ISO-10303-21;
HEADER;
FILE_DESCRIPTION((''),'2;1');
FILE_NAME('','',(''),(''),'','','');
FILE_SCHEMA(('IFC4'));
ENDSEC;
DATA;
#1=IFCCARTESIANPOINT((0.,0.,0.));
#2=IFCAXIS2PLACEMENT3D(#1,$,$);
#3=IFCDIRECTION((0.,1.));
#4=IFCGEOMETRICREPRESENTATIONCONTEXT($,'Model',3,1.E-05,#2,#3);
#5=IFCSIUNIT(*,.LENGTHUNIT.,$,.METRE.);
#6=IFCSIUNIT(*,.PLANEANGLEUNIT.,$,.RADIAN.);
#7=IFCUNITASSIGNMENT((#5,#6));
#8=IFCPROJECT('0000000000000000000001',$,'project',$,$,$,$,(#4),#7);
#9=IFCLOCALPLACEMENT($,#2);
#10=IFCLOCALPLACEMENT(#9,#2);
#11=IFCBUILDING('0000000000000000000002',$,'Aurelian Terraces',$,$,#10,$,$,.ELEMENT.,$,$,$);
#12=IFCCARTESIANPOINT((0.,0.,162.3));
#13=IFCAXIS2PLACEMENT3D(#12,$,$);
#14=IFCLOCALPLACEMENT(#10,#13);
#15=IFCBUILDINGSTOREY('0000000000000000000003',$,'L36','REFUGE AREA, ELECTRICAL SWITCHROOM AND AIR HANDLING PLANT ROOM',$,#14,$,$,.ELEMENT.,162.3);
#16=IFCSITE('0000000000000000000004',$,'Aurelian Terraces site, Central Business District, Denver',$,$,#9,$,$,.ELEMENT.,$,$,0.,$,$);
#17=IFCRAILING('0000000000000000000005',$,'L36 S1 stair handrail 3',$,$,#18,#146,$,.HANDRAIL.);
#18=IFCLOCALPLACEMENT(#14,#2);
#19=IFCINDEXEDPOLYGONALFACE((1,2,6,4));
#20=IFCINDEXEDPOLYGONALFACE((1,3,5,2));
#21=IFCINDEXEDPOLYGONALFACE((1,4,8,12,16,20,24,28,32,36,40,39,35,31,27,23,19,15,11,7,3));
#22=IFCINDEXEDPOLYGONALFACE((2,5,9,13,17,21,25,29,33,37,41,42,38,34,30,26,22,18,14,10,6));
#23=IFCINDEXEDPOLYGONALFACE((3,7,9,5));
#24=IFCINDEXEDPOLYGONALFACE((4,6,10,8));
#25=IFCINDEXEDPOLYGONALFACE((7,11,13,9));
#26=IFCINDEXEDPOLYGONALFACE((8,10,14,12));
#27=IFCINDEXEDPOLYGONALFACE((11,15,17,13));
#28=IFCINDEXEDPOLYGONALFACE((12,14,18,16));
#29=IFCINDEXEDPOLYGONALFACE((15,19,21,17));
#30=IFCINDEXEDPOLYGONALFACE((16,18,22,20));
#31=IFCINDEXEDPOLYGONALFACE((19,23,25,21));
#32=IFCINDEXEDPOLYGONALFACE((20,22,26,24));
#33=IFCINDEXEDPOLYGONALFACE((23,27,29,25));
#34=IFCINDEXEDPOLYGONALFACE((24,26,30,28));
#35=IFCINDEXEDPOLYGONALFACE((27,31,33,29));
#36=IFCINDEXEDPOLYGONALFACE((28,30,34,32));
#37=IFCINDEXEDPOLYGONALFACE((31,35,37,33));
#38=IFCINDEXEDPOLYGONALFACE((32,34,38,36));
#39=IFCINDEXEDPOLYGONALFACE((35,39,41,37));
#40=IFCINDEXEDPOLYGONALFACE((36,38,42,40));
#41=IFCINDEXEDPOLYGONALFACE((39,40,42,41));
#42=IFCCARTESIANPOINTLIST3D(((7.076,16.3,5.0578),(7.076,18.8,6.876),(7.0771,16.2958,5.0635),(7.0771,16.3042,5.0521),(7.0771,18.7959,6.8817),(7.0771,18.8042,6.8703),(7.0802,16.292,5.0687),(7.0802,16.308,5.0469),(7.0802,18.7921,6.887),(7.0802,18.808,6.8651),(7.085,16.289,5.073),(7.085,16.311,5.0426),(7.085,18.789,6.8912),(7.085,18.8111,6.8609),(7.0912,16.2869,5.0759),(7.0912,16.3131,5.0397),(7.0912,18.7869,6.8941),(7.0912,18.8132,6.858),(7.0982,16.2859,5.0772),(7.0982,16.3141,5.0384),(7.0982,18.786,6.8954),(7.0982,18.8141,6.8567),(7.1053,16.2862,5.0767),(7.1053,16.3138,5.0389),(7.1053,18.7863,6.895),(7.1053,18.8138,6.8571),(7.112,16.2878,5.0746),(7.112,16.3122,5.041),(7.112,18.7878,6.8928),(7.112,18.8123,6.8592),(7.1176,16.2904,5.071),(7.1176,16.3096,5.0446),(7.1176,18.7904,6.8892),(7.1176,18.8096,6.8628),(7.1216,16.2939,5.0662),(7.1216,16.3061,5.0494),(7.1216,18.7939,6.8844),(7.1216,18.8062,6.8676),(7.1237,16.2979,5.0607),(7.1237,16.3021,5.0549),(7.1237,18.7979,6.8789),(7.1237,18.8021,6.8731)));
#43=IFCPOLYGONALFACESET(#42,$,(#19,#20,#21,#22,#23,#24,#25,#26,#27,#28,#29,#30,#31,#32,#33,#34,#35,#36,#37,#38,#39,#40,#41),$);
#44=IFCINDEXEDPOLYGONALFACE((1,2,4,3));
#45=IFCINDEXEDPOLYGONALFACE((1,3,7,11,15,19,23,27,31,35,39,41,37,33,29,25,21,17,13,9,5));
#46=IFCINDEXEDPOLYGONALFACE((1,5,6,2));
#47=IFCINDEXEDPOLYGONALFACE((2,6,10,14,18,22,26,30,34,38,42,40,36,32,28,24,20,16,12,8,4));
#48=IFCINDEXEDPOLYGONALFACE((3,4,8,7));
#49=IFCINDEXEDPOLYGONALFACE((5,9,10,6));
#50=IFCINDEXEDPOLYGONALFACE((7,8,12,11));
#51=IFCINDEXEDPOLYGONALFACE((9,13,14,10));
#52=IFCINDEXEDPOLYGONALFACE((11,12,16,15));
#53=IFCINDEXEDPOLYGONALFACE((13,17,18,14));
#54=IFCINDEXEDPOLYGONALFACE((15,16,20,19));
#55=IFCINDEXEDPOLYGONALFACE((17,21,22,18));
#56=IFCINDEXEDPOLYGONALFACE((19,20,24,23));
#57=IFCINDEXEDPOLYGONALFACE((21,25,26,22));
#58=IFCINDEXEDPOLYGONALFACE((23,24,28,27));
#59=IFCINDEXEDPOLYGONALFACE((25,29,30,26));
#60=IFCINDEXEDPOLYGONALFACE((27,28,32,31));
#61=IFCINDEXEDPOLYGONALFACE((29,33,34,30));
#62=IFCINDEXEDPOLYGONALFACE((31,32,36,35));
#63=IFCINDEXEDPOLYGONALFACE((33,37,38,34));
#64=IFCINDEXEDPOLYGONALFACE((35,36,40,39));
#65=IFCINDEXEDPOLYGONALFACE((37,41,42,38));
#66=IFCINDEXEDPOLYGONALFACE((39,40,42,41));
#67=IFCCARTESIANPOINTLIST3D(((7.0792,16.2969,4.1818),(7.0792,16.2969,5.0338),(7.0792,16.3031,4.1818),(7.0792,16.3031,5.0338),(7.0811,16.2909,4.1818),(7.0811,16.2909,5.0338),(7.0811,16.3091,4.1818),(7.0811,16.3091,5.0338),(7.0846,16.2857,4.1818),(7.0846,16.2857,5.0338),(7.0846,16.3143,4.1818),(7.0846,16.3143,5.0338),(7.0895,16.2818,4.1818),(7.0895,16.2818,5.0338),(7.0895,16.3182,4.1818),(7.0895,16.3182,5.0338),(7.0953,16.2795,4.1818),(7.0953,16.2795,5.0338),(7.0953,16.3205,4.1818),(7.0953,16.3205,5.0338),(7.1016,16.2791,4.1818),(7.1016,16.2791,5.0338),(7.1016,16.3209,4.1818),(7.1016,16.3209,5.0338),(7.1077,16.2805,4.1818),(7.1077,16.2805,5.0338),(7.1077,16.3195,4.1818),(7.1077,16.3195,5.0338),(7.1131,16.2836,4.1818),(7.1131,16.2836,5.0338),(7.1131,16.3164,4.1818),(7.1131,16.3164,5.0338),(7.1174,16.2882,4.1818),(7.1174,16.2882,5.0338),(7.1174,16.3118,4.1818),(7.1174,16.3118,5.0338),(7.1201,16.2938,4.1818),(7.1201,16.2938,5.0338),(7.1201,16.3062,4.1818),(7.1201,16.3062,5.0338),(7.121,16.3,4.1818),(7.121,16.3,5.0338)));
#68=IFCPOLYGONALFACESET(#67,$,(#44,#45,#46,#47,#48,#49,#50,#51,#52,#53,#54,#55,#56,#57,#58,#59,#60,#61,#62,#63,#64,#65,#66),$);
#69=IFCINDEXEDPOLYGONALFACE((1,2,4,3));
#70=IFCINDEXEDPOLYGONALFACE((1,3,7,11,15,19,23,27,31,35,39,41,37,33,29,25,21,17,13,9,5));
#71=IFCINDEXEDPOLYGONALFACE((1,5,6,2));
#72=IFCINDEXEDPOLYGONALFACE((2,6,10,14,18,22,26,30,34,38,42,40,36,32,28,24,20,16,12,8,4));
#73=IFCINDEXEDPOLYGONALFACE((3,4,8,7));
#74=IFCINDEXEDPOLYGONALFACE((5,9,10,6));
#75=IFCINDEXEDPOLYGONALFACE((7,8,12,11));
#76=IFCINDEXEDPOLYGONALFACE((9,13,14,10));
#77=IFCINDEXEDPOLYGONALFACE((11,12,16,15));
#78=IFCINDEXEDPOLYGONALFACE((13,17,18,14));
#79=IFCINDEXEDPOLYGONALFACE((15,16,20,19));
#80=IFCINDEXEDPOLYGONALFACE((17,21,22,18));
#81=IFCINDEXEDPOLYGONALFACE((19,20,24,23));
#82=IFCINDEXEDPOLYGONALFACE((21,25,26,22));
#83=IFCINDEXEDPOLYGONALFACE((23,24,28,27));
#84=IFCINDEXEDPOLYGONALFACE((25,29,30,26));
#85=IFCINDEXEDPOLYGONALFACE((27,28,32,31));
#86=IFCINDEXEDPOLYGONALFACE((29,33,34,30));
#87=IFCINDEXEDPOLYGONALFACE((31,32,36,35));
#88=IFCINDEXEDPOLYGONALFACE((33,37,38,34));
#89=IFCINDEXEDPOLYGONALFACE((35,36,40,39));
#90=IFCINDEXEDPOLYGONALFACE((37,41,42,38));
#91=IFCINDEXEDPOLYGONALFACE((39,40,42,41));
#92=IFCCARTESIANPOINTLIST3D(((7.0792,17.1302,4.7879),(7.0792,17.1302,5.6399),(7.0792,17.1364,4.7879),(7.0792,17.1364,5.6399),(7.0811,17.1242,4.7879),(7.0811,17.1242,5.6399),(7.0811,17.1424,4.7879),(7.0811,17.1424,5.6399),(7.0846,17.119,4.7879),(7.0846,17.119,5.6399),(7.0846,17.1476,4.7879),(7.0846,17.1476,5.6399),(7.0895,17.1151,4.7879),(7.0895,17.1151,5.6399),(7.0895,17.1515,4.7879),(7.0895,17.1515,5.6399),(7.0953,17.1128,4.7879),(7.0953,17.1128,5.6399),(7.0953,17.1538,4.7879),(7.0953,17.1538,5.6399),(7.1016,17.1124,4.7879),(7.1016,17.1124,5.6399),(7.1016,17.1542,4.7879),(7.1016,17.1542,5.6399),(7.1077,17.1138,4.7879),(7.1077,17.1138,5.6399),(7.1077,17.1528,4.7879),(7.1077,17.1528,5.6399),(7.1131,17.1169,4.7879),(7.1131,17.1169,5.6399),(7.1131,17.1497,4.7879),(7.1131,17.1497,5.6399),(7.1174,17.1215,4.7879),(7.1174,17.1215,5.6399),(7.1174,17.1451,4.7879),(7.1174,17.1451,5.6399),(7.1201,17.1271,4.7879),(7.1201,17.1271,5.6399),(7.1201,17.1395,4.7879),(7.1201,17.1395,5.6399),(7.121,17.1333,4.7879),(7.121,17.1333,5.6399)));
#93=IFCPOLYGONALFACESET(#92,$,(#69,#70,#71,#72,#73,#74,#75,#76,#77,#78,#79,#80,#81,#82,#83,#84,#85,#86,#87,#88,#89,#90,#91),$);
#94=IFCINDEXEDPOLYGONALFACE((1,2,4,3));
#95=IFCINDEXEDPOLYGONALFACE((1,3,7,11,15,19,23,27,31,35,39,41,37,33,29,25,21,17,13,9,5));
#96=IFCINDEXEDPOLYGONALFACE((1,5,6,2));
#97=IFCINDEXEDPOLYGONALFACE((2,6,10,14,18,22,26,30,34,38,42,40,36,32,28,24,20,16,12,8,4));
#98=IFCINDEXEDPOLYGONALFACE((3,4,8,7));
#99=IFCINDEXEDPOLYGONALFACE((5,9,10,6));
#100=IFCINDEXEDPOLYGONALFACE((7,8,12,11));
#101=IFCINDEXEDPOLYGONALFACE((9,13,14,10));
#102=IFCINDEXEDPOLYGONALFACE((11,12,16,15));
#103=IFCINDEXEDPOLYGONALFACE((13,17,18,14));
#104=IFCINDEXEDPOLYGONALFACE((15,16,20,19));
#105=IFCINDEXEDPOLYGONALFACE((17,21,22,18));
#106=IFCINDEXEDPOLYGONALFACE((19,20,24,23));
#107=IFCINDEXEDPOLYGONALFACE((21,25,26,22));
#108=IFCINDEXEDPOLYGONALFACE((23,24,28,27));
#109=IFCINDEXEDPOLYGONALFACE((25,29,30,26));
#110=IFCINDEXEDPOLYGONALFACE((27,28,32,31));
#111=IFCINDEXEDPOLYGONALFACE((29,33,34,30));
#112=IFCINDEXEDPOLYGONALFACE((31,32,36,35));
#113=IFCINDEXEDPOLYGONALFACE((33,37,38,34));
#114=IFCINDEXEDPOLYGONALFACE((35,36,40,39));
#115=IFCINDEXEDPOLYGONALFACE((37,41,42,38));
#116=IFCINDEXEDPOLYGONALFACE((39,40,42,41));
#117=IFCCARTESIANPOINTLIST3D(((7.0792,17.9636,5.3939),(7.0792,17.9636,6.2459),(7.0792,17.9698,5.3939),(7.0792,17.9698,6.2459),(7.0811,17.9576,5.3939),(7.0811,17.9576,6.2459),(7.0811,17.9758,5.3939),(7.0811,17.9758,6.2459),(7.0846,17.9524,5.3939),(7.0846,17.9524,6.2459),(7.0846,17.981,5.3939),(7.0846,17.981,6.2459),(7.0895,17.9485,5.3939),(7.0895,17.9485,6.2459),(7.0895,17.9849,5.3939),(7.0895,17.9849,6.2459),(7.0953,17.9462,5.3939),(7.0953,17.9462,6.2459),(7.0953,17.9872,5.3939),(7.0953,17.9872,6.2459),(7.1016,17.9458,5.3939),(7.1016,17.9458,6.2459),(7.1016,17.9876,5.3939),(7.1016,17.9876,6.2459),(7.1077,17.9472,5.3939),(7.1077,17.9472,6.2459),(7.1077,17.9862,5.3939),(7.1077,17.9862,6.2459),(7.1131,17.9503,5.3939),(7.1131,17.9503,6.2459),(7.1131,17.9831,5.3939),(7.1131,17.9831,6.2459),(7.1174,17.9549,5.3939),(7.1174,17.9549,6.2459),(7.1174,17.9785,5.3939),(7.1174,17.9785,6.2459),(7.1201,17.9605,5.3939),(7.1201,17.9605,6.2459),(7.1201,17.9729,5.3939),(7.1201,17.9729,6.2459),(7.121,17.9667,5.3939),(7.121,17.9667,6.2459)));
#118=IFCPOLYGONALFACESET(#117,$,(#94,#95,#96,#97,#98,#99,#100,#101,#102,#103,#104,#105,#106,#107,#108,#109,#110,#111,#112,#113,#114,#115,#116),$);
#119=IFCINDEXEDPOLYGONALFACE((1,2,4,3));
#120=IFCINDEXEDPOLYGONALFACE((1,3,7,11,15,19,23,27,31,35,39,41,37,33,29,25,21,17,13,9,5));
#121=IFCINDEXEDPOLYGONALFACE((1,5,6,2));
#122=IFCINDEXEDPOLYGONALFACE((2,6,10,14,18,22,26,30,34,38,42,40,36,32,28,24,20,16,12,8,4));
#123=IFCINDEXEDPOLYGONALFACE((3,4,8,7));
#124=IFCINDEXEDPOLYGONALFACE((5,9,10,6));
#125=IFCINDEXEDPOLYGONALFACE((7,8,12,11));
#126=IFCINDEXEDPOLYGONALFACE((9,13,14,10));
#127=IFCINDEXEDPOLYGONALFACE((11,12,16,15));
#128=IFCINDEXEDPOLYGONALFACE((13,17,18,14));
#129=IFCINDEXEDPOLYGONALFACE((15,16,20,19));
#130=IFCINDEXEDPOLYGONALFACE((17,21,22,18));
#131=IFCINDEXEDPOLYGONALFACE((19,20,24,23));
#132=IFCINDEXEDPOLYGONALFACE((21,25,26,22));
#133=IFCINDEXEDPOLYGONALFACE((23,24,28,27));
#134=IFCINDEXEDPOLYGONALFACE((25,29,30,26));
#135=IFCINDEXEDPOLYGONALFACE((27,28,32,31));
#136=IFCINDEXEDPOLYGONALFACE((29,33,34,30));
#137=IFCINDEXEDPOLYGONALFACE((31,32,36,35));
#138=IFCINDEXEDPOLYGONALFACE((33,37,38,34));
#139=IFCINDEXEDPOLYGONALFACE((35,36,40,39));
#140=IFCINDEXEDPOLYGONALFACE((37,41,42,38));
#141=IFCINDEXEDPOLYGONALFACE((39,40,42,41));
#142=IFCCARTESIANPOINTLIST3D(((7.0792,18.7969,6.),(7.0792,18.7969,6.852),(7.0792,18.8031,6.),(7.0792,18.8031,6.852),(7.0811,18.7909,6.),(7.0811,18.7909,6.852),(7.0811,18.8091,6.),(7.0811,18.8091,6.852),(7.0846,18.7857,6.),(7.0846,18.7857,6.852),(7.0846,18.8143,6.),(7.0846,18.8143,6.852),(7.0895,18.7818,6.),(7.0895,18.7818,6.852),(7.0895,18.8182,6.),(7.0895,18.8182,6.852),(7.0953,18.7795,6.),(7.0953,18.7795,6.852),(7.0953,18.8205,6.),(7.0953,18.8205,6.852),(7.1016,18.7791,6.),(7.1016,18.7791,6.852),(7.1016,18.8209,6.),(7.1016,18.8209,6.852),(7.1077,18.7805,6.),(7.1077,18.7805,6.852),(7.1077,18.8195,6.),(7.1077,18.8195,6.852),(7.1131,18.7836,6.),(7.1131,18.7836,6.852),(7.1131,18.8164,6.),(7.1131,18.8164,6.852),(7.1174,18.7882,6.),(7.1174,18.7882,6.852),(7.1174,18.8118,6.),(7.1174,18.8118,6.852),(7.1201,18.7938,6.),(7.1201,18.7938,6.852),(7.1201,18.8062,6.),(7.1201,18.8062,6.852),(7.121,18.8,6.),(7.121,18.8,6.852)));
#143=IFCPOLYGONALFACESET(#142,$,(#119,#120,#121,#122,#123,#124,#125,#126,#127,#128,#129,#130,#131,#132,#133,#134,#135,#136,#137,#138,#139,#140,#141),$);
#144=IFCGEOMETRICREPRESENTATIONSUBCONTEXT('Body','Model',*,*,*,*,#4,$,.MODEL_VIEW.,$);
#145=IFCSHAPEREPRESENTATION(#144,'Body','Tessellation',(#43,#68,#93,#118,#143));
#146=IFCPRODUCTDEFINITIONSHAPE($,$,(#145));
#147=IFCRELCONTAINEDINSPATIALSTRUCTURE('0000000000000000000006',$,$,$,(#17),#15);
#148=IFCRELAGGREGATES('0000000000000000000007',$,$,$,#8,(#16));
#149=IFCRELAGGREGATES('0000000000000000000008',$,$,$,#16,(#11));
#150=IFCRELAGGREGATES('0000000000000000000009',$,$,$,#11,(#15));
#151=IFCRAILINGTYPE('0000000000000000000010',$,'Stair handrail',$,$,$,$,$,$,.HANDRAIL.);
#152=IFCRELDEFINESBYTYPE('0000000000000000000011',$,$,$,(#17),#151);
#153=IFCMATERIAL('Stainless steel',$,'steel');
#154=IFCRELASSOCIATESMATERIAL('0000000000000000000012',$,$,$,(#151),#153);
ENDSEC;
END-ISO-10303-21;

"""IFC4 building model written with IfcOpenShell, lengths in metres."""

from ifc_helpers import new_model, si_unit, direction, frame, origin, origin_2d, place, context, subcontext, project, spatial, circle, extrude, source, transform, mapped, material, type_object, element, save


model = new_model("IFC4")

# Units and contexts
model_context = context("Model", 3, precision=1e-05, world=origin(), true_north=direction((0.0, 1.0)))
body_context = subcontext(model_context, "Body", "Model", "MODEL_VIEW")
ifc_project = project(units=[si_unit("LENGTHUNIT", "METRE"), si_unit("PLANEANGLEUNIT", "RADIAN")], contexts=[model_context])

# Site, building, storey
site_placement = place(None, origin())
site = spatial("IfcSite", under=ifc_project, at=site_placement, Name="Aurelian Terraces site, Central Business District, Denver", CompositionType="ELEMENT", RefElevation=0.0)
building_placement = place(site_placement, origin())
building = spatial("IfcBuilding", under=site, at=building_placement, Name="Aurelian Terraces", CompositionType="ELEMENT")
storey_placement = place(building_placement, frame((0.0, 0.0, 162.3)))
storey = spatial("IfcBuildingStorey", under=building, at=storey_placement, Name="L36", Description="REFUGE AREA, ELECTRICAL SWITCHROOM AND AIR HANDLING PLANT ROOM", CompositionType="ELEMENT", Elevation=162.3)

# Shared definitions
ifc_material_1 = material(Name="Stainless steel", Category="steel")

# Railing
railing_type_1 = type_object("IfcRailingType", Name="Stair handrail", PredefinedType="HANDRAIL", material=ifc_material_1)
shared_shape_1 = source(origin(), body_context, "Body", "SweptSolid", [
    extrude(circle(Radius=0.024, at=origin_2d()), frame((0.0, 0.0, 0.876), z_axis=(0.0, 0.808733, 0.588176), x_axis=(-1.0, 0.0, 0.0)), (0.0, 0.0, 1.0), 3.0913),
    extrude(circle(Radius=0.021, at=origin_2d()), origin(), (0.0, 0.0, 1.0), 0.852),
    extrude(circle(Radius=0.021, at=origin_2d()), frame((0.0, 0.8333, 0.6061)), (0.0, 0.0, 1.0), 0.852),
    extrude(circle(Radius=0.021, at=origin_2d()), frame((0.0, 1.6667, 1.2121)), (0.0, 0.0, 1.0), 0.852),
    extrude(circle(Radius=0.021, at=origin_2d()), frame((0.0, 2.5, 1.8182)), (0.0, 0.0, 1.0), 0.852),
])
railing_1_placement = place(storey_placement, frame((7.1, 16.3, 4.1818)))
element("IfcRailing", 1, at=railing_1_placement, inside=storey, type_object=railing_type_1, Name="L36 S1 stair handrail 3", PredefinedType="HANDRAIL", context=body_context, shape_type="MappedRepresentation", body=[
    mapped(shared_shape_1, transform((0.0, 0.0, 0.0), scale=1.0)),
])

save(model, "model.ifc")
